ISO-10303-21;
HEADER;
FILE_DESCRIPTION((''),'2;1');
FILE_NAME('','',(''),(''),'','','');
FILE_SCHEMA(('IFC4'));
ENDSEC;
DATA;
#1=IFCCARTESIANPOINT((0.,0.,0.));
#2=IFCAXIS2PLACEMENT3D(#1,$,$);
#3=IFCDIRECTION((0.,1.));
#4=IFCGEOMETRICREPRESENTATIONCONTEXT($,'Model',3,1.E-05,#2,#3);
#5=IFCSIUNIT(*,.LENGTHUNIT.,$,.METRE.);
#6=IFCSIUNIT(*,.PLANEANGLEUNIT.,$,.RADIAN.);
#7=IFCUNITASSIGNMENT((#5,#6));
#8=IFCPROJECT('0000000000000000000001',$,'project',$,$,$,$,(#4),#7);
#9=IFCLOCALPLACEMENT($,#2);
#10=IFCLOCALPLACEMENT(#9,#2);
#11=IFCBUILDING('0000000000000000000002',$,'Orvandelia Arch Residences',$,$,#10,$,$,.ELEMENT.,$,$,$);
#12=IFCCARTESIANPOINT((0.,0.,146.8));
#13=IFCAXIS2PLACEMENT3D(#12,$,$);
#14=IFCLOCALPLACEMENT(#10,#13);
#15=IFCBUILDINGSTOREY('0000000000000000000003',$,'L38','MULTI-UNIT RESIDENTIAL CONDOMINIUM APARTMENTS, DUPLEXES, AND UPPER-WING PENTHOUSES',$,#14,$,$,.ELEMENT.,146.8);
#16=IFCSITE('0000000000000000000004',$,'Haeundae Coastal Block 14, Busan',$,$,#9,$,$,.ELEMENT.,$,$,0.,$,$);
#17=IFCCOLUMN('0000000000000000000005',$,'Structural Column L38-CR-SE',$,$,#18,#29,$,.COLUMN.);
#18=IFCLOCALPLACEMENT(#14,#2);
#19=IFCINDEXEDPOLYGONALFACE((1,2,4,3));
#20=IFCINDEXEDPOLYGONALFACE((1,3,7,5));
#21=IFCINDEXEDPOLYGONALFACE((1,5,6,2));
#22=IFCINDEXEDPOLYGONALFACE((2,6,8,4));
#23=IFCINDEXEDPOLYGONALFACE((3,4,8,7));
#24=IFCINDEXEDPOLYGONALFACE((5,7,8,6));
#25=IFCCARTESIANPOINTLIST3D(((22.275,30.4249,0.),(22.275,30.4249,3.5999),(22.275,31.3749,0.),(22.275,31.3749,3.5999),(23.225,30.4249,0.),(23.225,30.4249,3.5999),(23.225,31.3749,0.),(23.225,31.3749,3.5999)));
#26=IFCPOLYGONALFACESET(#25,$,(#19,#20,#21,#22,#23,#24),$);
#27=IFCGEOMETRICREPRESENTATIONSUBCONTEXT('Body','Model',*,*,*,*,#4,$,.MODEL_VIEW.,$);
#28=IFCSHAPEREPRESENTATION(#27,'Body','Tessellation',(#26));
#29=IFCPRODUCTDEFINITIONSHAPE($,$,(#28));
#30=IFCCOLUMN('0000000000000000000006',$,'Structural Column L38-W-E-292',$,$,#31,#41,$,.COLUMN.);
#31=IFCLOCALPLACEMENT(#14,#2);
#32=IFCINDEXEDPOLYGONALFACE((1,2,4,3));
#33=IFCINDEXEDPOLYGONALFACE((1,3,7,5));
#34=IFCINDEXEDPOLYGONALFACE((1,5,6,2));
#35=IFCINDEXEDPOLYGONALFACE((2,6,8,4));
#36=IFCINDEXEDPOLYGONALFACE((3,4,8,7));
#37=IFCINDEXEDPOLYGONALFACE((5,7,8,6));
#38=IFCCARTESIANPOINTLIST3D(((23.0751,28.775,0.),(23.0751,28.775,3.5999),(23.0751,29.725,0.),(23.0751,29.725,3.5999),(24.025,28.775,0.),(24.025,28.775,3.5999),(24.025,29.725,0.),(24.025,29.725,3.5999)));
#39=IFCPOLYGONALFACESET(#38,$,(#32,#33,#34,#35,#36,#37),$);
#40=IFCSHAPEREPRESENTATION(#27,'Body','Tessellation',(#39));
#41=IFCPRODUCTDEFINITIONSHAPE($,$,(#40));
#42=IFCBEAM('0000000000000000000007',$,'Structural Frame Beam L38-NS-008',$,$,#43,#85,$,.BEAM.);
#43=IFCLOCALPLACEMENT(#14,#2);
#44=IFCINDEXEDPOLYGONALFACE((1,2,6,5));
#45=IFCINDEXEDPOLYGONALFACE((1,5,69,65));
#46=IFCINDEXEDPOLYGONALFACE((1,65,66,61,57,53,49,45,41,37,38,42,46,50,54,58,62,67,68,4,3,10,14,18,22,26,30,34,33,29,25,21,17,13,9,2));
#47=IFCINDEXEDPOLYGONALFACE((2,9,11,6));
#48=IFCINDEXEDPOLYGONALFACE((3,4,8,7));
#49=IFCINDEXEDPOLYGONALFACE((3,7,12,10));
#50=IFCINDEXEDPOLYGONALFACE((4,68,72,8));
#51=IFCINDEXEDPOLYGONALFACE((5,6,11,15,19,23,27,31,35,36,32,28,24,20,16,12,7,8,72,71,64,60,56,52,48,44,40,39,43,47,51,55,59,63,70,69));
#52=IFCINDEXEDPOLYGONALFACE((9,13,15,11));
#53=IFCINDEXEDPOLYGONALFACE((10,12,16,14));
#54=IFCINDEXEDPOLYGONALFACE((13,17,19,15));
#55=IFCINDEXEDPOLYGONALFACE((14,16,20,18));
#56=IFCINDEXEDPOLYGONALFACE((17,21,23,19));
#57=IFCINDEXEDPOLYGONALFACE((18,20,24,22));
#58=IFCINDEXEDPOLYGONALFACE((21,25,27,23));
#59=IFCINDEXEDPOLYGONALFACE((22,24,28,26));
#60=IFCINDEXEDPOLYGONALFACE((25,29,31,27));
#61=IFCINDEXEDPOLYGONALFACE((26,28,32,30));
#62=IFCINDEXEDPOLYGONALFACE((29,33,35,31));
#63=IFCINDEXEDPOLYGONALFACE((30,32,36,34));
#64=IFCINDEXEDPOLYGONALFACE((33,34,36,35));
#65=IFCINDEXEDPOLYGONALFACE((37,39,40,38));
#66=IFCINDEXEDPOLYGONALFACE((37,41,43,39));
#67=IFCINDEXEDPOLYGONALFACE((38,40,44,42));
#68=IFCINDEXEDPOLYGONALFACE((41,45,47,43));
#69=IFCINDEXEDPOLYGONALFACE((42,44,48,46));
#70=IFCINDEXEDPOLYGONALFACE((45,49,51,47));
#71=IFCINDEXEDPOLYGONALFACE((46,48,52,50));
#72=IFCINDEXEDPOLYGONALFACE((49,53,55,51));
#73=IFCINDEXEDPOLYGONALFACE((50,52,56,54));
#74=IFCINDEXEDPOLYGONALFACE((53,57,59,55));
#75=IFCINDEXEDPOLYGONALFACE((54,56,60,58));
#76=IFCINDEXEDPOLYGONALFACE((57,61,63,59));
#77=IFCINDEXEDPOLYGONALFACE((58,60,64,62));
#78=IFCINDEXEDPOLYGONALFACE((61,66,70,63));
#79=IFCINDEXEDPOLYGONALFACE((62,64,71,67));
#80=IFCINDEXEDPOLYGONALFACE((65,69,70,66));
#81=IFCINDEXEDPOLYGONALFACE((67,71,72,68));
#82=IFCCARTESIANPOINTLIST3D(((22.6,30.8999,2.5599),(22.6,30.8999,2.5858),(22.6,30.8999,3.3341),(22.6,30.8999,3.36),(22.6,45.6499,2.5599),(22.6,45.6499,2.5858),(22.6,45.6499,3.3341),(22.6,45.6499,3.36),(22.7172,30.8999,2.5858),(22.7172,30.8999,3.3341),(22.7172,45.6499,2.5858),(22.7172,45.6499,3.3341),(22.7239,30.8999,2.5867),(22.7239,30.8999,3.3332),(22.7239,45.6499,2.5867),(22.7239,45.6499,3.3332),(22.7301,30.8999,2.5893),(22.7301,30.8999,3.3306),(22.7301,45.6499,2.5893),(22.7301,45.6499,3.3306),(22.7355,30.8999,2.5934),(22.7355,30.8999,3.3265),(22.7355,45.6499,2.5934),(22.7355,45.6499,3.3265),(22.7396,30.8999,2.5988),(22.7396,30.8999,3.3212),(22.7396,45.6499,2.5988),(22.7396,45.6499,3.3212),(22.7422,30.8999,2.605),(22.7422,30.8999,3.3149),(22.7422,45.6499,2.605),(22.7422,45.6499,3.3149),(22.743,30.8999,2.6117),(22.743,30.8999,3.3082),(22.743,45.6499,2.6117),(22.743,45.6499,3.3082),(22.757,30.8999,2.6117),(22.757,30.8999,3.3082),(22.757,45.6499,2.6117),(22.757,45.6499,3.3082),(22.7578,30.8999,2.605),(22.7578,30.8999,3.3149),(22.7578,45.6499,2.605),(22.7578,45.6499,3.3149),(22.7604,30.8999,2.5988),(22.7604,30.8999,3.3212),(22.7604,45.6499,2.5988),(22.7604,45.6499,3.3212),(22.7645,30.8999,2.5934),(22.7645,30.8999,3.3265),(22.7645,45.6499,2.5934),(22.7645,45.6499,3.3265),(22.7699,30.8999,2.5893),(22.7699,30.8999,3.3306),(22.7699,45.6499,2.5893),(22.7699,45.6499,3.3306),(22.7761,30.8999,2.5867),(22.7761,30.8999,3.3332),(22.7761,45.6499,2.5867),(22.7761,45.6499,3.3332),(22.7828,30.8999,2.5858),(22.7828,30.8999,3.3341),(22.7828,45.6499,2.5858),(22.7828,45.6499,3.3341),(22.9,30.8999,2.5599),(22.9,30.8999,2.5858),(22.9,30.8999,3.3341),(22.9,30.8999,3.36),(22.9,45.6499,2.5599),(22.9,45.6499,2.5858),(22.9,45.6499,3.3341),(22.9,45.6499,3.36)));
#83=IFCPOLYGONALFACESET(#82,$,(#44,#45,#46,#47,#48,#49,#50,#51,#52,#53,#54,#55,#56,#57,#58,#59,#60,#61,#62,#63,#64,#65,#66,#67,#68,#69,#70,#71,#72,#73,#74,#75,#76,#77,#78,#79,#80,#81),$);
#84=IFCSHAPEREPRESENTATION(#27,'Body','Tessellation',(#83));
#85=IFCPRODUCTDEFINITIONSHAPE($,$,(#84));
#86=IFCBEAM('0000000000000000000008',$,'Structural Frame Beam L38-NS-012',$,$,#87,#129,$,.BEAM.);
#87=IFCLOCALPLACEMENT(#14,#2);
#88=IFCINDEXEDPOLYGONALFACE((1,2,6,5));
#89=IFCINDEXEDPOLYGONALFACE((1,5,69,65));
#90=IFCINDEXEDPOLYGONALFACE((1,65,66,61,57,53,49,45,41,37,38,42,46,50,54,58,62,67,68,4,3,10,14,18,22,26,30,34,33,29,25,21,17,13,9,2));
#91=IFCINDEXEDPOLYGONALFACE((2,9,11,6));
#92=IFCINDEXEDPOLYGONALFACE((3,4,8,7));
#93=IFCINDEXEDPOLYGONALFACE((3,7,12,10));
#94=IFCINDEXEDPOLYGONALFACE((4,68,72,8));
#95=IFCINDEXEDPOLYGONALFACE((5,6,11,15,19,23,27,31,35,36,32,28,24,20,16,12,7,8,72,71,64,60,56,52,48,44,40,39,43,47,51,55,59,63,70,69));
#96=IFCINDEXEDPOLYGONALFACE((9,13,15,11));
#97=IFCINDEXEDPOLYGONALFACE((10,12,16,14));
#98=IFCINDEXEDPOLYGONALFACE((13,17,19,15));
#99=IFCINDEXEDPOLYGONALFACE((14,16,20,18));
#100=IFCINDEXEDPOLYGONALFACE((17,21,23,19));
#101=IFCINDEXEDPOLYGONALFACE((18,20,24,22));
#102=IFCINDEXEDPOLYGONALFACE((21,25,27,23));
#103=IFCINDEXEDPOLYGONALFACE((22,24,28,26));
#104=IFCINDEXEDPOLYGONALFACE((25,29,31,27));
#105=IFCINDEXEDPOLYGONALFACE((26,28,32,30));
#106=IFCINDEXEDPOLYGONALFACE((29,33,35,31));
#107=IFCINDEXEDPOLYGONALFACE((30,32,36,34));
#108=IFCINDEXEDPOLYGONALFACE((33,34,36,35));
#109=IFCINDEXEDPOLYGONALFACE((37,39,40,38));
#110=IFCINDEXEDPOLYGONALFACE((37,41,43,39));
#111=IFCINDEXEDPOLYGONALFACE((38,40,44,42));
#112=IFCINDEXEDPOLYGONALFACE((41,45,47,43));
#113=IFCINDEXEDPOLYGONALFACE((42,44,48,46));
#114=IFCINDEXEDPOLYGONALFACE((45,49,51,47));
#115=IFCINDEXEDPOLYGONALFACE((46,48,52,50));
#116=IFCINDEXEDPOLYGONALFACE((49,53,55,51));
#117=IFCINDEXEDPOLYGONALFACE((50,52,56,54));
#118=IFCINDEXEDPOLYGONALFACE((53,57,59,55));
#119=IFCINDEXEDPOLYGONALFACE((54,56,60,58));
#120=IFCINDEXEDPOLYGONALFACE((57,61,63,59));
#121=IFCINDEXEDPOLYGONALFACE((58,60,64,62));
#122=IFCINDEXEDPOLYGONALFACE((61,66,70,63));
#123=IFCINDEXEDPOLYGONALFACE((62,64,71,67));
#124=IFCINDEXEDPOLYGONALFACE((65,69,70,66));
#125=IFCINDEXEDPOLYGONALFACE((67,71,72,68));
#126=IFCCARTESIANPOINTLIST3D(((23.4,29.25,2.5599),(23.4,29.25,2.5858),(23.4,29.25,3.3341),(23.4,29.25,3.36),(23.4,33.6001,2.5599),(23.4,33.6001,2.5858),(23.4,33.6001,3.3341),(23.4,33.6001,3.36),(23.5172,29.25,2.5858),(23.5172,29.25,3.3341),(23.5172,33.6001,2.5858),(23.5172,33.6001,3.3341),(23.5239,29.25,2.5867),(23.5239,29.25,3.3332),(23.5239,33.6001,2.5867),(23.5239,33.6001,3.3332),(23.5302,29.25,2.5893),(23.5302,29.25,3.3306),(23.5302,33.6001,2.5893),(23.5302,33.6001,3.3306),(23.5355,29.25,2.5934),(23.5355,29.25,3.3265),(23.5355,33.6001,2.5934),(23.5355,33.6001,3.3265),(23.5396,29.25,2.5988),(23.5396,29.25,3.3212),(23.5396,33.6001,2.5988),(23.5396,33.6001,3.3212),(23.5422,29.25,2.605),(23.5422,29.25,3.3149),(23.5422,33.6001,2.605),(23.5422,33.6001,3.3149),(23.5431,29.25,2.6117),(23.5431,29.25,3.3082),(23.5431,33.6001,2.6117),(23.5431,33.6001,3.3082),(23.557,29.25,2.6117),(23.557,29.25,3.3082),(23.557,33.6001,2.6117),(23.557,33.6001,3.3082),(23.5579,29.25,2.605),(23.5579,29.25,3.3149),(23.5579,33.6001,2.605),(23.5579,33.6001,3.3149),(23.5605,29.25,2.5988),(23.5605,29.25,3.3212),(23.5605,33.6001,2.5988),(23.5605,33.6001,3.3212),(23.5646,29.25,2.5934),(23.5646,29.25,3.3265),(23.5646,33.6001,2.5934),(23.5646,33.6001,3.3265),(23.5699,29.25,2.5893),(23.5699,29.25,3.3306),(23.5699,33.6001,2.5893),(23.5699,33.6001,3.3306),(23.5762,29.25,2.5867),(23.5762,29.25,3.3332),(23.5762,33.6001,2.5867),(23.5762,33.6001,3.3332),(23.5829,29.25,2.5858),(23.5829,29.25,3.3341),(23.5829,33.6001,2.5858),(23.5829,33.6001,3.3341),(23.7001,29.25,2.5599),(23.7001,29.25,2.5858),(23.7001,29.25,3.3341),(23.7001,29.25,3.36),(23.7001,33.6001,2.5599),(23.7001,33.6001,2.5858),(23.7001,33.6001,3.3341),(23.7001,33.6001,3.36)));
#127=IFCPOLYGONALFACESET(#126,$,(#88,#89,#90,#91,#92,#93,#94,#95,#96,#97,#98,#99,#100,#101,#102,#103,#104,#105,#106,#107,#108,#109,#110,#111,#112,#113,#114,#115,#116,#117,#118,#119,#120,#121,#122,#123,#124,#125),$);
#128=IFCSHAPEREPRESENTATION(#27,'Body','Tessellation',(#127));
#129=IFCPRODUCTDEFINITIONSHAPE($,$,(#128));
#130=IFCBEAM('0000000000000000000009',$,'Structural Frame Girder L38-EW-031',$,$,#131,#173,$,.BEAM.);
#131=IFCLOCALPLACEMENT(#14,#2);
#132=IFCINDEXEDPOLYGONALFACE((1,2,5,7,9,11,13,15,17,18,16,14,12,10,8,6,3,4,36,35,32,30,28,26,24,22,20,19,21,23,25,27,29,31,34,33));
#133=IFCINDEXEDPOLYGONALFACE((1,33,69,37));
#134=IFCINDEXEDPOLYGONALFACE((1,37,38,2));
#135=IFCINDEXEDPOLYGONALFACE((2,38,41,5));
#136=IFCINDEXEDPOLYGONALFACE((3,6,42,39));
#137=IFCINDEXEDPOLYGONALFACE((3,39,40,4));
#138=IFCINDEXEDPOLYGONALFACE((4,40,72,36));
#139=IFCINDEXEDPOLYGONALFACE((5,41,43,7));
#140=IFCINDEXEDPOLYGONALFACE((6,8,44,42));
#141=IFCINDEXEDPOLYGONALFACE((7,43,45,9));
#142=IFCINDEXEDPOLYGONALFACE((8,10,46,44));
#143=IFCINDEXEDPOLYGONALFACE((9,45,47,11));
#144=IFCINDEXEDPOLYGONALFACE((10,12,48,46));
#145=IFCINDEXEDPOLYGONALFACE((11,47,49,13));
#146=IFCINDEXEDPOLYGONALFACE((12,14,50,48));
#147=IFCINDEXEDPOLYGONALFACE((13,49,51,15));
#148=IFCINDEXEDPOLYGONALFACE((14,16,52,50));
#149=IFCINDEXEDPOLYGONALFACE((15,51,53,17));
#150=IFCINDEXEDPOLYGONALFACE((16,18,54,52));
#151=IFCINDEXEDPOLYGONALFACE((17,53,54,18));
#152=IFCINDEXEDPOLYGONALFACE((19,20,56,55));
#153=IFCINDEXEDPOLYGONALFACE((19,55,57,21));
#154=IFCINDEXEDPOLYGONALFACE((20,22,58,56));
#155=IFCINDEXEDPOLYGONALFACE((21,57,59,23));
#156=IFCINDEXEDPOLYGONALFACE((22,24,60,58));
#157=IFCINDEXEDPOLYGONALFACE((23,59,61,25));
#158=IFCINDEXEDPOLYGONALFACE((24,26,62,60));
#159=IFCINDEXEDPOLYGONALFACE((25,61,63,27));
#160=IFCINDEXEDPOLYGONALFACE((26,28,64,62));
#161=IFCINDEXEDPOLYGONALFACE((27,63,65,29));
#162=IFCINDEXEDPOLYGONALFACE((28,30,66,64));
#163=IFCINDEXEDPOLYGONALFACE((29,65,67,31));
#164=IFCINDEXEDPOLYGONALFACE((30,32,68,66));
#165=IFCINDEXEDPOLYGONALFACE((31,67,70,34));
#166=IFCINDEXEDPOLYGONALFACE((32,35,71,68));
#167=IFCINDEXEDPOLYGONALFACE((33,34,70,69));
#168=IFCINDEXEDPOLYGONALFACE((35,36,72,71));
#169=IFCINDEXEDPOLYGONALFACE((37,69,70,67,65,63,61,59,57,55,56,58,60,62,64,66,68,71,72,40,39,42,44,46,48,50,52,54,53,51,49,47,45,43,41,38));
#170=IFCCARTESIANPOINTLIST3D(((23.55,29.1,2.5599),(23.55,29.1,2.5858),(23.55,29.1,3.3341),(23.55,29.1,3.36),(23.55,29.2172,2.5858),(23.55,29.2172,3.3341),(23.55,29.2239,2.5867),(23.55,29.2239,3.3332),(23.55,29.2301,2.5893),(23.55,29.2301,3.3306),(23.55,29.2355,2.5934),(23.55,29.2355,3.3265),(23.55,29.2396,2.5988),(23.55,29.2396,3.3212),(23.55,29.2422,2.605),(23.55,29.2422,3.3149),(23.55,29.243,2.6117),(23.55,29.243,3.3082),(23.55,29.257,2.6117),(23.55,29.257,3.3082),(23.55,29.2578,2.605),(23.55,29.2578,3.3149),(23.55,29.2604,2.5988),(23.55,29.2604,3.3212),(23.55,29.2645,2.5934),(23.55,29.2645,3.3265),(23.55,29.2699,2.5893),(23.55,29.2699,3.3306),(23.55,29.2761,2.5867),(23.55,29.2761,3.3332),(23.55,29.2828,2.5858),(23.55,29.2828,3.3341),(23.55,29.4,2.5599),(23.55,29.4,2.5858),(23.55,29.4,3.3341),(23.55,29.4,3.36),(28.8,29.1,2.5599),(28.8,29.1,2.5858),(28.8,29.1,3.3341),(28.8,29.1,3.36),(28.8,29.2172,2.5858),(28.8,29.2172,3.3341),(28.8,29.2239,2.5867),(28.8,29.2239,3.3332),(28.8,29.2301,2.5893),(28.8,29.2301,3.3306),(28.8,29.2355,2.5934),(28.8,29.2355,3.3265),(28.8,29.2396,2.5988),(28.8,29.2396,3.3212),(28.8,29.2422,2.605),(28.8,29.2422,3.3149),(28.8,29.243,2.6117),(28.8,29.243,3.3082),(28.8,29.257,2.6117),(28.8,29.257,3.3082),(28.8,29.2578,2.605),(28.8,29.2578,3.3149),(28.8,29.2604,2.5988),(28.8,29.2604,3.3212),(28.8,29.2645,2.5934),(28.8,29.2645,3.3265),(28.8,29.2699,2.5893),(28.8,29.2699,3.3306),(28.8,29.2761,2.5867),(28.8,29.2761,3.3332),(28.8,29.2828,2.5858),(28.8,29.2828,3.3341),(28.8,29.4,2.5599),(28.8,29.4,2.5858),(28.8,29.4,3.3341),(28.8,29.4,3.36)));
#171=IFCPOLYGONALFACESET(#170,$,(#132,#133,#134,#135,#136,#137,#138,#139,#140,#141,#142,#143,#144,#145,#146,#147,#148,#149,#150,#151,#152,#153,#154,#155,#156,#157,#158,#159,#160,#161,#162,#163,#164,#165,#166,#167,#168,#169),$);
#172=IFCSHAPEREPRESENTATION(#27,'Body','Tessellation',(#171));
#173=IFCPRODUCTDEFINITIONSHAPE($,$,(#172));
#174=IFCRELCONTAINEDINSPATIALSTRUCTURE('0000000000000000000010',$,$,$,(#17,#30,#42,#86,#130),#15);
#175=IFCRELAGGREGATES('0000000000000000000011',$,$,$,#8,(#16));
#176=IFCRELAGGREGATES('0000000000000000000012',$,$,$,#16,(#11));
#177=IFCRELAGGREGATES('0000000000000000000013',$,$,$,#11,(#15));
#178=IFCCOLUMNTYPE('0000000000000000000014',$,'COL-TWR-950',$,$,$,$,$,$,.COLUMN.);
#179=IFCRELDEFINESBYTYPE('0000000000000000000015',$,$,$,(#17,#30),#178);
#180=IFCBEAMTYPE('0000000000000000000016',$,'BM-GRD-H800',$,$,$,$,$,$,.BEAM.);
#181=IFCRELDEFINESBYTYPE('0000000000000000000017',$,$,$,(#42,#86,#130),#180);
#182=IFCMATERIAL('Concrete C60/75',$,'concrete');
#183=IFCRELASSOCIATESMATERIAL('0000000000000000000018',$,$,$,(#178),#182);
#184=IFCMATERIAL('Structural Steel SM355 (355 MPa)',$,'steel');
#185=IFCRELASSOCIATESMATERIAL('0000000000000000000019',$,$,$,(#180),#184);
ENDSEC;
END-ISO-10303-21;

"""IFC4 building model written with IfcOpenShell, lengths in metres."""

from ifc_helpers import new_model, si_unit, direction, frame, origin, origin_2d, place, context, subcontext, project, spatial, rectangle, i_section, extrude, material, material_profile, profile_set, type_object, element, save


model = new_model("IFC4")

# Units and contexts
model_context = context("Model", 3, precision=1e-05, world=origin(), true_north=direction((0.0, 1.0)))
body_context = subcontext(model_context, "Body", "Model", "MODEL_VIEW")
ifc_project = project(units=[si_unit("LENGTHUNIT", "METRE"), si_unit("PLANEANGLEUNIT", "RADIAN")], contexts=[model_context])

# Site, building, storey
site_placement = place(None, origin())
site = spatial("IfcSite", under=ifc_project, at=site_placement, Name="Haeundae Coastal Block 14, Busan", CompositionType="ELEMENT", RefElevation=0.0)
building_placement = place(site_placement, origin())
building = spatial("IfcBuilding", under=site, at=building_placement, Name="Orvandelia Arch Residences", CompositionType="ELEMENT")
storey_placement = place(building_placement, frame((0.0, 0.0, 146.8)))
storey = spatial("IfcBuildingStorey", under=building, at=storey_placement, Name="L38", Description="MULTI-UNIT RESIDENTIAL CONDOMINIUM APARTMENTS, DUPLEXES, AND UPPER-WING PENTHOUSES", CompositionType="ELEMENT", Elevation=146.8)

# Columns
ifc_material_1 = material(Name="Concrete C60/75", Category="concrete")
ifc_material_profile_1 = material_profile(ifc_material_1, rectangle(XDim=0.95, YDim=0.95, at=origin_2d()), Name="Concrete C60/75", Category="concrete")
ifc_profile_set_1 = profile_set([ifc_material_profile_1], Name="Concrete C60/75")
column_type = type_object("IfcColumnType", Name="COL-TWR-950", PredefinedType="COLUMN", material=ifc_profile_set_1)
for number, where, z_axis, x_axis, name in (
    (1, (22.75, 30.8999, 0.0), (0.0, 0.0, 1.0), (1.0, 0.0, 0.0), "Structural Column L38-CR-SE"),
    (2, (23.55, 29.25, 0.0), (0.0, 0.0, 1.0), (1.0, 0.0, 0.0), "Structural Column L38-W-E-292"),
):
    element("IfcColumn", number, at=place(storey_placement, frame(where, z_axis=z_axis, x_axis=x_axis)), inside=storey, type_object=column_type, Name=name, PredefinedType="COLUMN", context=body_context, shape_type="SweptSolid", body=[
        extrude(rectangle(XDim=0.95, YDim=0.95, at=origin_2d()), origin(), (0.0, 0.0, 1.0), 3.5999),
    ])

# Beams
ifc_material_2 = material(Name="Structural Steel SM355 (355 MPa)", Category="steel")
ifc_material_profile_2 = material_profile(ifc_material_2, i_section(OverallWidth=0.3, OverallDepth=0.8, WebThickness=0.0139, FlangeThickness=0.0259, FilletRadius=0.0259, at=origin_2d()), Name="Structural Steel SM355 (355 MPa)", Category="steel")
ifc_profile_set_2 = profile_set([ifc_material_profile_2], Name="Structural Steel SM355 (355 MPa)")
beam_type = type_object("IfcBeamType", Name="BM-GRD-H800", PredefinedType="BEAM", material=ifc_profile_set_2)
beam_1_placement = place(storey_placement, frame((22.75, 30.8999, 2.96), z_axis=(0.0, 1.0, 0.0), x_axis=(-1.0, 0.0, 0.0)))
element("IfcBeam", 3, at=beam_1_placement, inside=storey, type_object=beam_type, Name="Structural Frame Beam L38-NS-008", PredefinedType="BEAM", context=body_context, shape_type="SweptSolid", body=[
    extrude(i_section(OverallWidth=0.3, OverallDepth=0.8, WebThickness=0.0139, FlangeThickness=0.0259, FilletRadius=0.0259, at=origin_2d()), origin(), (0.0, 0.0, 1.0), 14.75),
])
beam_2_placement = place(storey_placement, frame((23.55, 29.25, 2.96), z_axis=(0.0, 1.0, 0.0), x_axis=(-1.0, 0.0, 0.0)))
element("IfcBeam", 4, at=beam_2_placement, inside=storey, type_object=beam_type, Name="Structural Frame Beam L38-NS-012", PredefinedType="BEAM", context=body_context, shape_type="SweptSolid", body=[
    extrude(i_section(OverallWidth=0.3, OverallDepth=0.8, WebThickness=0.0139, FlangeThickness=0.0259, FilletRadius=0.0259, at=origin_2d()), origin(), (0.0, 0.0, 1.0), 4.3501),
])
beam_3_placement = place(storey_placement, frame((23.55, 29.25, 2.96), z_axis=(1.0, 0.0, 0.0), x_axis=(0.0, 1.0, 0.0)))
element("IfcBeam", 5, at=beam_3_placement, inside=storey, type_object=beam_type, Name="Structural Frame Girder L38-EW-031", PredefinedType="BEAM", context=body_context, shape_type="SweptSolid", body=[
    extrude(i_section(OverallWidth=0.3, OverallDepth=0.8, WebThickness=0.0139, FlangeThickness=0.0259, FilletRadius=0.0259, at=origin_2d()), origin(), (0.0, 0.0, 1.0), 5.25),
])

save(model, "model.ifc")
